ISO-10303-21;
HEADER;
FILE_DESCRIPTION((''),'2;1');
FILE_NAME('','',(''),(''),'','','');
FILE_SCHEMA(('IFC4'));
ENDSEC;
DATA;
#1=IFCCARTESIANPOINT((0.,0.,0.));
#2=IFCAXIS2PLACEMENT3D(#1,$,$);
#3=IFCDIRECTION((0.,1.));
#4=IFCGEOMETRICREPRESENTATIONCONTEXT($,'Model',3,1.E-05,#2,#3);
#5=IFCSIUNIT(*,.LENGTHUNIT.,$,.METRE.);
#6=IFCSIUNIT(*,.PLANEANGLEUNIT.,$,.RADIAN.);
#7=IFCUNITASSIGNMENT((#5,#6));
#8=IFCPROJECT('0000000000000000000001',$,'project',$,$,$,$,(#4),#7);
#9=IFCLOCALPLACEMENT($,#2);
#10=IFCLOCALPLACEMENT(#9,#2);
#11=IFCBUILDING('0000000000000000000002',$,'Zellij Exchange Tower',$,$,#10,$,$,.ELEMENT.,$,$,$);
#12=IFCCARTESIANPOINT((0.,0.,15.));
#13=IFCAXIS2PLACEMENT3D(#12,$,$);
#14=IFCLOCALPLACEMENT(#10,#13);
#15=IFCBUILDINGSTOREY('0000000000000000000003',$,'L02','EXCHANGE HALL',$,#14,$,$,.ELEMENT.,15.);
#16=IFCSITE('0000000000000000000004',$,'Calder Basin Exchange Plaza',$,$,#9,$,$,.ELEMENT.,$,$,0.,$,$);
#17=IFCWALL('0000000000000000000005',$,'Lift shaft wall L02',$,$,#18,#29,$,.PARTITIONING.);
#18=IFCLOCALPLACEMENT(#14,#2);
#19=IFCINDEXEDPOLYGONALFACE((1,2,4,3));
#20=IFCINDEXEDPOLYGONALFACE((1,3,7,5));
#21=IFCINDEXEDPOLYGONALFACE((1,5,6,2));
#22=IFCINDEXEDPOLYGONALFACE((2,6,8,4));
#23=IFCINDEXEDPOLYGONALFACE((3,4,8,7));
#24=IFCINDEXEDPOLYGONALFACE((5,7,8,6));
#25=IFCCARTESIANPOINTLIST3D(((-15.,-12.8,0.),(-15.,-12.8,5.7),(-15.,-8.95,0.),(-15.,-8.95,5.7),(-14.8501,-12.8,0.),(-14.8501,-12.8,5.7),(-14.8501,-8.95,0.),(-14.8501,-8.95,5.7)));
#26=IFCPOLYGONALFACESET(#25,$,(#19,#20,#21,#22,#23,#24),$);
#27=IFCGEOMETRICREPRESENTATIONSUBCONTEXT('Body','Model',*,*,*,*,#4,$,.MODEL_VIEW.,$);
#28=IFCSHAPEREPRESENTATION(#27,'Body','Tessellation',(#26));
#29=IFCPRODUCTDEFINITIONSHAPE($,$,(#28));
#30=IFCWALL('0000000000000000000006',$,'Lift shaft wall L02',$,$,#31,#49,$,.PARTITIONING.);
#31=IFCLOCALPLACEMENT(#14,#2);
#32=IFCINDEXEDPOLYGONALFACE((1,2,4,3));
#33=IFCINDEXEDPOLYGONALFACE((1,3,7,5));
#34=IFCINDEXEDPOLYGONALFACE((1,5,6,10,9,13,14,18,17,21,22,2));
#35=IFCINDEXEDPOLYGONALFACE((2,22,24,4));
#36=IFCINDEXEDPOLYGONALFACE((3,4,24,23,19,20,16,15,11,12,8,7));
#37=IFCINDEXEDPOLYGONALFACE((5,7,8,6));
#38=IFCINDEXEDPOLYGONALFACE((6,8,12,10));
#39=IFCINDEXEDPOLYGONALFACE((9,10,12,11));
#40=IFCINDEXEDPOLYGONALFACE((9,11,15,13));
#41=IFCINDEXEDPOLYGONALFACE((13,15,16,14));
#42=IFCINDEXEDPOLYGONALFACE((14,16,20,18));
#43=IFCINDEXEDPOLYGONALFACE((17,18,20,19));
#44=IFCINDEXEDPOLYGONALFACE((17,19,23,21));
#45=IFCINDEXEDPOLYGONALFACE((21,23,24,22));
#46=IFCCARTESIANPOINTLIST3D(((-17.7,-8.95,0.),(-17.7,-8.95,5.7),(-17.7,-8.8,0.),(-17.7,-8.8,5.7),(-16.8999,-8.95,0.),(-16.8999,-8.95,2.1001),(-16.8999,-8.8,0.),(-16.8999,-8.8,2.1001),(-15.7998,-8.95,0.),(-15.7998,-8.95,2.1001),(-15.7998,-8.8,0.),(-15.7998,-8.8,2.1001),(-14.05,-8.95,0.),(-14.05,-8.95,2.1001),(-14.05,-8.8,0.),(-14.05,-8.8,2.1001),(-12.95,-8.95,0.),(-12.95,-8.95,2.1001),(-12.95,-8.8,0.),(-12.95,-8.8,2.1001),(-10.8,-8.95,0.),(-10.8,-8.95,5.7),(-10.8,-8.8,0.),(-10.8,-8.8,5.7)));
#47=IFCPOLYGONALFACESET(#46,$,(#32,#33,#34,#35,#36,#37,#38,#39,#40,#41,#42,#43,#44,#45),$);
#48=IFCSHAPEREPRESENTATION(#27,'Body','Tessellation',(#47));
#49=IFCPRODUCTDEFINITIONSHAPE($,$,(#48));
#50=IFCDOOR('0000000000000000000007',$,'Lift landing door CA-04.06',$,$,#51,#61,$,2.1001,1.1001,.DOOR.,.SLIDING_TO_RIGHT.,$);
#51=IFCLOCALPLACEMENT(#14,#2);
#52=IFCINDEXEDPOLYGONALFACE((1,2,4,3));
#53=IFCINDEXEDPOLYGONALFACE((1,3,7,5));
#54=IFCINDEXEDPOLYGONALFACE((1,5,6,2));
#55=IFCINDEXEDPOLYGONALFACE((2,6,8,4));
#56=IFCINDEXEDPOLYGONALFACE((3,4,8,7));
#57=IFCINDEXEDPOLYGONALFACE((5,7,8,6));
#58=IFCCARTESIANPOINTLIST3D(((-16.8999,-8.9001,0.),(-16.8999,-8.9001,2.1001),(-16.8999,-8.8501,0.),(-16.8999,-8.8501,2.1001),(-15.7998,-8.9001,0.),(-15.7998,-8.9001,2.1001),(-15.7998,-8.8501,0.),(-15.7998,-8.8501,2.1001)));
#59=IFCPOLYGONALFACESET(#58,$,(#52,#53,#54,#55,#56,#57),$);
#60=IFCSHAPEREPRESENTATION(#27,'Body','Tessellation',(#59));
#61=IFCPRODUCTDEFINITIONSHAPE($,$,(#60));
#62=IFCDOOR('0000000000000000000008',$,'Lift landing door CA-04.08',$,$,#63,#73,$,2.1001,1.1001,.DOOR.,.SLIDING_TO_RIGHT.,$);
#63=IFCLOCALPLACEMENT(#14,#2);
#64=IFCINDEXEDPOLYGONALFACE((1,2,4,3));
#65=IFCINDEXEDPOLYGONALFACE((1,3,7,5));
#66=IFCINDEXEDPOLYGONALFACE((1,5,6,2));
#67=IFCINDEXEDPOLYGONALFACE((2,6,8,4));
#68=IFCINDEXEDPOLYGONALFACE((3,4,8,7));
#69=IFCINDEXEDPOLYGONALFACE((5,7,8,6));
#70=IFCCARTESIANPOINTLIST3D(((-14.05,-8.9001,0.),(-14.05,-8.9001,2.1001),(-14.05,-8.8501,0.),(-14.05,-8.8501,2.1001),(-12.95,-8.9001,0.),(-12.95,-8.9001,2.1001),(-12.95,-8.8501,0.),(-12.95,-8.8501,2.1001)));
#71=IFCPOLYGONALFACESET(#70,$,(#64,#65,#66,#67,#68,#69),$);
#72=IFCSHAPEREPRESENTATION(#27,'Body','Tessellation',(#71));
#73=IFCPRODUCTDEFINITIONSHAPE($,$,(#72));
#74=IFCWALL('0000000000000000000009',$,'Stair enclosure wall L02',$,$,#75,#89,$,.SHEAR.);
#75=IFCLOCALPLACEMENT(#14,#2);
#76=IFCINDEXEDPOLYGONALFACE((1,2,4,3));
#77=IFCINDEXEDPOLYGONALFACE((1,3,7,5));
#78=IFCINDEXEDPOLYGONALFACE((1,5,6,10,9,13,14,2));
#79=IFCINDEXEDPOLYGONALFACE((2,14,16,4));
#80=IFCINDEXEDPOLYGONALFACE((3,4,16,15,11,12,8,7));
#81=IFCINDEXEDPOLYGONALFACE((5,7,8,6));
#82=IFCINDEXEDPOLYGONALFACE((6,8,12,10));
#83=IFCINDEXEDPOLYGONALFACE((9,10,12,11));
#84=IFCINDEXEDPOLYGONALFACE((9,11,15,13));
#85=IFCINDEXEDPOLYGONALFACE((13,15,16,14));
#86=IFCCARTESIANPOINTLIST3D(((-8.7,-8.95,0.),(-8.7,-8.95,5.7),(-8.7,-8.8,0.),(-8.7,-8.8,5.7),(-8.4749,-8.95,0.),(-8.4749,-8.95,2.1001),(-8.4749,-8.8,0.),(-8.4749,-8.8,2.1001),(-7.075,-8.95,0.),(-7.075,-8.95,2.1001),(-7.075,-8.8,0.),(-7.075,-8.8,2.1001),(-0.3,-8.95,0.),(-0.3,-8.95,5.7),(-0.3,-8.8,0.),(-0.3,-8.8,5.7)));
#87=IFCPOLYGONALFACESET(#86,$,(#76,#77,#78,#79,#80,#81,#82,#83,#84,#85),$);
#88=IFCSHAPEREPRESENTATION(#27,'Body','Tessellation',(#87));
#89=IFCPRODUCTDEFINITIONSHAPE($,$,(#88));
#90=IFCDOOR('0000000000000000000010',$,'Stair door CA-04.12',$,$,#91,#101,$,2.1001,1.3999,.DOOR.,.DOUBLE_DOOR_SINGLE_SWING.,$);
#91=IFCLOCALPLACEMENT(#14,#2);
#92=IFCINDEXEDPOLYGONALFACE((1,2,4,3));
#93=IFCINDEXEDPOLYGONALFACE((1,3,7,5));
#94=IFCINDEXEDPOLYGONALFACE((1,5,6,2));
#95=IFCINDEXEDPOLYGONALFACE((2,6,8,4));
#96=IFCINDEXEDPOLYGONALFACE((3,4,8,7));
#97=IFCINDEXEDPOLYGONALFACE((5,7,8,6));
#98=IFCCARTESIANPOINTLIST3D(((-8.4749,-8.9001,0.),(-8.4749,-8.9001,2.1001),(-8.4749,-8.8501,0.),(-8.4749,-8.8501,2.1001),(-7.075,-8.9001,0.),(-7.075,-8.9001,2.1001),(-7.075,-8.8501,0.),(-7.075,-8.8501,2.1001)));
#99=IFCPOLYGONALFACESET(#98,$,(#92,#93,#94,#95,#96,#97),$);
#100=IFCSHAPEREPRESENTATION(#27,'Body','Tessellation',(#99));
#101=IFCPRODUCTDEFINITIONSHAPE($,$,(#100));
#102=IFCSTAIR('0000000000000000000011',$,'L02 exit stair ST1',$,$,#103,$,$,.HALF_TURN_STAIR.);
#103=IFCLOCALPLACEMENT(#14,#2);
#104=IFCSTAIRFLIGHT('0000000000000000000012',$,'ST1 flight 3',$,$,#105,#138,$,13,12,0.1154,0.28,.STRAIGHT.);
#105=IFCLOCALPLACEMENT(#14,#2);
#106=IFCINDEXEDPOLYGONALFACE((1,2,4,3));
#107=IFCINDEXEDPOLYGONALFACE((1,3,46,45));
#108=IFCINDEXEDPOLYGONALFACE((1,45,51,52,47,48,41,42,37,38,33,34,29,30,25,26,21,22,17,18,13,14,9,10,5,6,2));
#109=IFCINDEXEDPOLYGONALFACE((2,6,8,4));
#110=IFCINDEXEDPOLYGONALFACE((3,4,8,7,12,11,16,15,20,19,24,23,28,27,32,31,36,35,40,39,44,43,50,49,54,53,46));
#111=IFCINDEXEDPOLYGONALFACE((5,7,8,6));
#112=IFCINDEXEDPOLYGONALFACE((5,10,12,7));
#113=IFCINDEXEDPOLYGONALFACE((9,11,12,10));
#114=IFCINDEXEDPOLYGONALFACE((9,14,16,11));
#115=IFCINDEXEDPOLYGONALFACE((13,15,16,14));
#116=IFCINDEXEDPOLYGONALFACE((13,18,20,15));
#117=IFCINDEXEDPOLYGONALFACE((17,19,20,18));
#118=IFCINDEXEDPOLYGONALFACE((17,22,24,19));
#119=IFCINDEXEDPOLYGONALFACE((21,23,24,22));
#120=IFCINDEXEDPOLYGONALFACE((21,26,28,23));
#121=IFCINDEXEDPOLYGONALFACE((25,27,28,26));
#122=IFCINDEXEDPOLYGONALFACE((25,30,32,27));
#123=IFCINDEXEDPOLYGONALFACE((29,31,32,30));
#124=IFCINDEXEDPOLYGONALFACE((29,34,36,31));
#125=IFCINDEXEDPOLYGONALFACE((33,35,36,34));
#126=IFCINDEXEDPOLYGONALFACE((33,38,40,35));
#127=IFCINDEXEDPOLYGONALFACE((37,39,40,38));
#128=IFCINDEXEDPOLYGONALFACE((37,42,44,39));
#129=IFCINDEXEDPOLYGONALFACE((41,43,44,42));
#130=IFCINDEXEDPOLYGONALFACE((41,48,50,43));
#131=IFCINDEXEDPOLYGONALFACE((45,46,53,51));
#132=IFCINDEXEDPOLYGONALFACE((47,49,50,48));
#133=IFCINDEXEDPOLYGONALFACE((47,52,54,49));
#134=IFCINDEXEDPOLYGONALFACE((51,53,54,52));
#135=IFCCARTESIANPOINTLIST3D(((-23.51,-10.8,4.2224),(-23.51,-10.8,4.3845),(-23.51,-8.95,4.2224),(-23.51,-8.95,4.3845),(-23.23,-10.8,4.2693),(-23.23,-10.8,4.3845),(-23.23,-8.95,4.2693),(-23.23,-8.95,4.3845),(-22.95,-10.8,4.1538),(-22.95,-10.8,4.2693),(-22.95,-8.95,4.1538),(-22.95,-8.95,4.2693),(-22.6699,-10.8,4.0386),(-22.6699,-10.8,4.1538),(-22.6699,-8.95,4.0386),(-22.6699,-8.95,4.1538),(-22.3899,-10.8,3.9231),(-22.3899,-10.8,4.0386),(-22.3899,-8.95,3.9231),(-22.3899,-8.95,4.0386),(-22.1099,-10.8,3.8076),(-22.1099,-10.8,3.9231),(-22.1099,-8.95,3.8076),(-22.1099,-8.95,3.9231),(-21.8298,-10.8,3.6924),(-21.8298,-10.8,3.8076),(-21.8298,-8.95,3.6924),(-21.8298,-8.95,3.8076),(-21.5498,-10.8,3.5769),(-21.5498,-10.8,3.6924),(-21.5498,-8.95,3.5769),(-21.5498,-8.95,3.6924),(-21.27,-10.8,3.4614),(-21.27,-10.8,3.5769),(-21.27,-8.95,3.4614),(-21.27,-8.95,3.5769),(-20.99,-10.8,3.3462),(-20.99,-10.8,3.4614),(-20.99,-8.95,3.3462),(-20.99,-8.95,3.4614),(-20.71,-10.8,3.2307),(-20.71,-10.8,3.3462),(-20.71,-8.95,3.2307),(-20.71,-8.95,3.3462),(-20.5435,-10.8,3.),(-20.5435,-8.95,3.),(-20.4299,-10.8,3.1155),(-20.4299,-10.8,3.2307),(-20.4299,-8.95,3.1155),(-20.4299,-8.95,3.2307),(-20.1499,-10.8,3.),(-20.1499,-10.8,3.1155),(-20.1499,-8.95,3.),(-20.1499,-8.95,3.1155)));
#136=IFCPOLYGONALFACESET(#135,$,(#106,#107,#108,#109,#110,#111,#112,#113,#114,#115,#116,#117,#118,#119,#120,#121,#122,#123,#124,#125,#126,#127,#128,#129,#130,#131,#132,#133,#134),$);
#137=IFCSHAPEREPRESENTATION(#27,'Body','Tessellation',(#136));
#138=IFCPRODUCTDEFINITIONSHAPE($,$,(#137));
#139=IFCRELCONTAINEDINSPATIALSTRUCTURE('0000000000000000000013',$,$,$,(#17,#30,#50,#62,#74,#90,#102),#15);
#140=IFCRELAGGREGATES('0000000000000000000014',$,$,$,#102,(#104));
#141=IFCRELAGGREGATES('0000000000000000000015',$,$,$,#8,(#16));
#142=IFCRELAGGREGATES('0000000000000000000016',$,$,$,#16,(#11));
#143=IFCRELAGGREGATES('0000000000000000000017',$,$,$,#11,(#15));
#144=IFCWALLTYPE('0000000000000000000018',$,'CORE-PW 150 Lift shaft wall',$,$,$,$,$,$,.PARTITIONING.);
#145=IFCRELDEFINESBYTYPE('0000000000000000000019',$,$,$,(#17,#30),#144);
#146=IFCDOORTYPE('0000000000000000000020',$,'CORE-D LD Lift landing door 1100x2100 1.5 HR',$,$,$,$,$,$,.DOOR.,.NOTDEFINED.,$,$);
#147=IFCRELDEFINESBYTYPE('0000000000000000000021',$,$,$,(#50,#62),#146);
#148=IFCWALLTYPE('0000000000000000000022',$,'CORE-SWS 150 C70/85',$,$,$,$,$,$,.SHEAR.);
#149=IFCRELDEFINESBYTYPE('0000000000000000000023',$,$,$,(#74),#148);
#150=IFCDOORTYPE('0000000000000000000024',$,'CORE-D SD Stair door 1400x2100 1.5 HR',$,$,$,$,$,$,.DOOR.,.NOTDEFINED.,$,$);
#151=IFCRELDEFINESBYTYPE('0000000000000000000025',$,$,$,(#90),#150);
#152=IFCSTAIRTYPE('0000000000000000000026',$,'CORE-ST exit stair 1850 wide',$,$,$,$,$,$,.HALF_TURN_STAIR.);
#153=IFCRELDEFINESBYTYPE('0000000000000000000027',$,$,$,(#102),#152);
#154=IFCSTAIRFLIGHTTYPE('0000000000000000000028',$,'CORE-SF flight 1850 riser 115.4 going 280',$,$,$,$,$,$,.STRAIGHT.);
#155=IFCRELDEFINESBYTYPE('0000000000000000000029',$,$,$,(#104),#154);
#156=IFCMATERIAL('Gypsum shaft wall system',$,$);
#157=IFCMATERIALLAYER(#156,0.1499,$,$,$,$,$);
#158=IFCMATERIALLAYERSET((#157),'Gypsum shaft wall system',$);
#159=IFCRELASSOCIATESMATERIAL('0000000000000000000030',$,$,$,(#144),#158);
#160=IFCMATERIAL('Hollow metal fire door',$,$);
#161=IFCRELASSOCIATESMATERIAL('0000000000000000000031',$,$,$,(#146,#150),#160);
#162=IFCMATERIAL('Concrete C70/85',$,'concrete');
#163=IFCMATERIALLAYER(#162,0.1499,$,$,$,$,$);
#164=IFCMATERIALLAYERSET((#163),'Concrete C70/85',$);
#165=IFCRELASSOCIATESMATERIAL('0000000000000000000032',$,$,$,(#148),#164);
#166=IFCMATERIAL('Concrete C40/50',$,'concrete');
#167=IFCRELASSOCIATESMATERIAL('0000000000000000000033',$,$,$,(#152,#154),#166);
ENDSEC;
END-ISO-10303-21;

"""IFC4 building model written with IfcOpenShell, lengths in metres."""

from ifc_helpers import new_model, si_unit, direction, frame, frame_2d, origin, place, context, subcontext, project, spatial, polyline, rectangle, outline, extrude, material, layer, layer_set, type_object, element, fill, aggregate, save


model = new_model("IFC4")

# Units and contexts
model_context = context("Model", 3, precision=1e-05, world=origin(), true_north=direction((0.0, 1.0)))
body_context = subcontext(model_context, "Body", "Model", "MODEL_VIEW")
ifc_project = project(units=[si_unit("LENGTHUNIT", "METRE"), si_unit("PLANEANGLEUNIT", "RADIAN")], contexts=[model_context])

# Site, building, storey
site_placement = place(None, origin())
site = spatial("IfcSite", under=ifc_project, at=site_placement, Name="Calder Basin Exchange Plaza", CompositionType="ELEMENT", RefElevation=0.0)
building_placement = place(site_placement, origin())
building = spatial("IfcBuilding", under=site, at=building_placement, Name="Zellij Exchange Tower", CompositionType="ELEMENT")
storey_placement = place(building_placement, frame((0.0, 0.0, 15.0)))
storey = spatial("IfcBuildingStorey", under=building, at=storey_placement, Name="L02", Description="EXCHANGE HALL", CompositionType="ELEMENT", Elevation=15.0)

# Shared definitions
ifc_material_1 = material(Name="Concrete C70/85", Category="concrete")

# Shared definitions
ifc_material_2 = material(Name="Gypsum shaft wall system")
ifc_material_3 = material(Name="Hollow metal fire door")

# Wall
ifc_layer_1 = layer(ifc_material_2, 0.1499)
ifc_layer_set_1 = layer_set([ifc_layer_1], Name="Gypsum shaft wall system")
wall_type_1 = type_object("IfcWallType", Name="CORE-PW 150 Lift shaft wall", PredefinedType="PARTITIONING", material=ifc_layer_set_1)
for number, where, z_axis, x_axis, name in (
    (1, (-14.925, -12.8, 0.0), (0.0, 0.0, 1.0), (0.0, 1.0, 0.0), "Lift shaft wall L02"),
):
    element("IfcWall", number, at=place(storey_placement, frame(where, z_axis=z_axis, x_axis=x_axis)), inside=storey, type_object=wall_type_1, Name=name, PredefinedType="PARTITIONING", context=body_context, shape_type="SweptSolid", body=[
        extrude(rectangle(XDim=3.8501, YDim=0.1499, at=frame_2d((1.925, 0.0))), origin(), (0.0, 0.0, 1.0), 5.7),
    ])

# Wall, openings, doors
wall_1_placement = place(storey_placement, frame((-17.7, -8.875, 0.0), z_axis=(0.0, 0.0, 1.0), x_axis=(1.0, 0.0, 0.0)))
wall_1 = element("IfcWall", 2, at=wall_1_placement, inside=storey, type_object=wall_type_1, Name="Lift shaft wall L02", PredefinedType="PARTITIONING", context=body_context, shape_type="SweptSolid", body=[
    extrude(rectangle(XDim=6.8999, YDim=0.1499, at=frame_2d((3.45, 0.0))), origin(), (0.0, 0.0, 1.0), 5.7),
])
opening_1_placement = place(wall_1_placement, frame((0.8, 0.0, 0.0)))
opening_1 = element("IfcOpeningElement", 3, at=opening_1_placement, cuts=wall_1, PredefinedType="OPENING", context=body_context, shape_type="SweptSolid", body=[
    extrude(rectangle(XDim=1.1001, YDim=2.1001, at=frame_2d((0.55, 1.05))), frame((0.0, 0.0869, 0.0), z_axis=(0.0, -1.0, 0.0), x_axis=(1.0, 0.0, 0.0)), (0.0, 0.0, 1.0), 0.1738),
])
opening_2_placement = place(wall_1_placement, frame((3.6499, 0.0, 0.0)))
opening_2 = element("IfcOpeningElement", 4, at=opening_2_placement, cuts=wall_1, PredefinedType="OPENING", context=body_context, shape_type="SweptSolid", body=[
    extrude(rectangle(XDim=1.1001, YDim=2.1001, at=frame_2d((0.55, 1.05))), frame((0.0, 0.0869, 0.0), z_axis=(0.0, -1.0, 0.0), x_axis=(1.0, 0.0, 0.0)), (0.0, 0.0, 1.0), 0.1738),
])
door_type_1 = type_object("IfcDoorType", Name="CORE-D LD Lift landing door 1100x2100 1.5 HR", OperationType="NOTDEFINED", PredefinedType="DOOR", material=ifc_material_3)
door_1_placement = place(opening_1_placement, origin())
door_1 = element("IfcDoor", 5, at=door_1_placement, inside=storey, type_object=door_type_1, Name="Lift landing door CA-04.06", OperationType="SLIDING_TO_RIGHT", OverallHeight=2.1001, OverallWidth=1.1001, PredefinedType="DOOR", context=body_context, shape_type="SweptSolid", body=[
    extrude(rectangle(XDim=1.1001, YDim=2.1001, at=frame_2d((0.55, 1.05))), frame((0.0, 0.0249, 0.0), z_axis=(0.0, -1.0, 0.0), x_axis=(1.0, 0.0, 0.0)), (0.0, 0.0, 1.0), 0.05),
])
fill(opening_1, door_1)
door_2_placement = place(opening_2_placement, origin())
door_2 = element("IfcDoor", 6, at=door_2_placement, inside=storey, type_object=door_type_1, Name="Lift landing door CA-04.08", OperationType="SLIDING_TO_RIGHT", OverallHeight=2.1001, OverallWidth=1.1001, PredefinedType="DOOR", context=body_context, shape_type="SweptSolid", body=[
    extrude(rectangle(XDim=1.1001, YDim=2.1001, at=frame_2d((0.55, 1.05))), frame((0.0, 0.0249, 0.0), z_axis=(0.0, -1.0, 0.0), x_axis=(1.0, 0.0, 0.0)), (0.0, 0.0, 1.0), 0.05),
])
fill(opening_2, door_2)

# Wall, opening, door
ifc_layer_2 = layer(ifc_material_1, 0.1499)
ifc_layer_set_2 = layer_set([ifc_layer_2], Name="Concrete C70/85")
wall_type_2 = type_object("IfcWallType", Name="CORE-SWS 150 C70/85", PredefinedType="SHEAR", material=ifc_layer_set_2)
wall_2_placement = place(storey_placement, frame((-8.7, -8.875, 0.0), z_axis=(0.0, 0.0, 1.0), x_axis=(1.0, 0.0, 0.0)))
wall_2 = element("IfcWall", 7, at=wall_2_placement, inside=storey, type_object=wall_type_2, Name="Stair enclosure wall L02", PredefinedType="SHEAR", context=body_context, shape_type="SweptSolid", body=[
    extrude(rectangle(XDim=8.3999, YDim=0.1499, at=frame_2d((4.2, 0.0))), origin(), (0.0, 0.0, 1.0), 5.7),
])
opening_3_placement = place(wall_2_placement, frame((0.2251, 0.0, 0.0)))
opening_3 = element("IfcOpeningElement", 8, at=opening_3_placement, cuts=wall_2, PredefinedType="OPENING", context=body_context, shape_type="SweptSolid", body=[
    extrude(rectangle(XDim=1.3999, YDim=2.1001, at=frame_2d((0.7, 1.05))), frame((0.0, 0.0869, 0.0), z_axis=(0.0, -1.0, 0.0), x_axis=(1.0, 0.0, 0.0)), (0.0, 0.0, 1.0), 0.1738),
])
door_type_2 = type_object("IfcDoorType", Name="CORE-D SD Stair door 1400x2100 1.5 HR", OperationType="NOTDEFINED", PredefinedType="DOOR", material=ifc_material_3)
door_3_placement = place(opening_3_placement, origin())
door_3 = element("IfcDoor", 9, at=door_3_placement, inside=storey, type_object=door_type_2, Name="Stair door CA-04.12", OperationType="DOUBLE_DOOR_SINGLE_SWING", OverallHeight=2.1001, OverallWidth=1.3999, PredefinedType="DOOR", context=body_context, shape_type="SweptSolid", body=[
    extrude(rectangle(XDim=1.3999, YDim=2.1001, at=frame_2d((0.7, 1.05))), frame((0.0, 0.0249, 0.0), z_axis=(0.0, -1.0, 0.0), x_axis=(1.0, 0.0, 0.0)), (0.0, 0.0, 1.0), 0.05),
])
fill(opening_3, door_3)

# Stair, stair flight
ifc_material_4 = material(Name="Concrete C40/50", Category="concrete")
stair_type = type_object("IfcStairType", Name="CORE-ST exit stair 1850 wide", PredefinedType="HALF_TURN_STAIR", material=ifc_material_4)
stair_1_placement = place(storey_placement, origin())
stair_1 = element("IfcStair", 10, at=stair_1_placement, inside=storey, type_object=stair_type, Name="L02 exit stair ST1", PredefinedType="HALF_TURN_STAIR")
stair_flight_type_1 = type_object("IfcStairFlightType", Name="CORE-SF flight 1850 riser 115.4 going 280", PredefinedType="STRAIGHT", material=ifc_material_4)
stair_flight_1_placement = place(storey_placement, frame((-20.1499, -9.875, 3.0), z_axis=(0.0, 0.0, 1.0), x_axis=(-1.0, 0.0, 0.0)))
stair_flight_1 = element("IfcStairFlight", 11, at=stair_flight_1_placement, type_object=stair_flight_type_1, Name="ST1 flight 3", NumberOfRisers=13, NumberOfTreads=12, PredefinedType="STRAIGHT", RiserHeight=0.1154, TreadLength=0.28, context=body_context, shape_type="SweptSolid", body=[
    extrude(outline(polyline([(0.0, 0.0), (0.0, 0.1155), (0.28, 0.1155), (0.28, 0.2307), (0.5601, 0.2307), (0.5601, 0.3462), (0.8401, 0.3462), (0.8401, 0.4614), (1.1201, 0.4614), (1.1201, 0.5769), (1.3999, 0.5769), (1.3999, 0.6924), (1.6799, 0.6924), (1.6799, 0.8076), (1.96, 0.8076), (1.96, 0.9231), (2.24, 0.9231), (2.24, 1.0386), (2.52, 1.0386), (2.52, 1.1538), (2.8, 1.1538), (2.8, 1.2693), (3.0801, 1.2693), (3.0801, 1.3845), (3.3601, 1.3845), (3.3601, 1.5), (3.3601, 1.2224), (0.3936, 0.0), (0.0, 0.0)])), frame((0.0, 0.925, 0.0), z_axis=(0.0, -1.0, 0.0), x_axis=(1.0, 0.0, 0.0)), (0.0, 0.0, 1.0), 1.8501),
])
aggregate(stair_1, [stair_flight_1])

save(model, "model.ifc")
